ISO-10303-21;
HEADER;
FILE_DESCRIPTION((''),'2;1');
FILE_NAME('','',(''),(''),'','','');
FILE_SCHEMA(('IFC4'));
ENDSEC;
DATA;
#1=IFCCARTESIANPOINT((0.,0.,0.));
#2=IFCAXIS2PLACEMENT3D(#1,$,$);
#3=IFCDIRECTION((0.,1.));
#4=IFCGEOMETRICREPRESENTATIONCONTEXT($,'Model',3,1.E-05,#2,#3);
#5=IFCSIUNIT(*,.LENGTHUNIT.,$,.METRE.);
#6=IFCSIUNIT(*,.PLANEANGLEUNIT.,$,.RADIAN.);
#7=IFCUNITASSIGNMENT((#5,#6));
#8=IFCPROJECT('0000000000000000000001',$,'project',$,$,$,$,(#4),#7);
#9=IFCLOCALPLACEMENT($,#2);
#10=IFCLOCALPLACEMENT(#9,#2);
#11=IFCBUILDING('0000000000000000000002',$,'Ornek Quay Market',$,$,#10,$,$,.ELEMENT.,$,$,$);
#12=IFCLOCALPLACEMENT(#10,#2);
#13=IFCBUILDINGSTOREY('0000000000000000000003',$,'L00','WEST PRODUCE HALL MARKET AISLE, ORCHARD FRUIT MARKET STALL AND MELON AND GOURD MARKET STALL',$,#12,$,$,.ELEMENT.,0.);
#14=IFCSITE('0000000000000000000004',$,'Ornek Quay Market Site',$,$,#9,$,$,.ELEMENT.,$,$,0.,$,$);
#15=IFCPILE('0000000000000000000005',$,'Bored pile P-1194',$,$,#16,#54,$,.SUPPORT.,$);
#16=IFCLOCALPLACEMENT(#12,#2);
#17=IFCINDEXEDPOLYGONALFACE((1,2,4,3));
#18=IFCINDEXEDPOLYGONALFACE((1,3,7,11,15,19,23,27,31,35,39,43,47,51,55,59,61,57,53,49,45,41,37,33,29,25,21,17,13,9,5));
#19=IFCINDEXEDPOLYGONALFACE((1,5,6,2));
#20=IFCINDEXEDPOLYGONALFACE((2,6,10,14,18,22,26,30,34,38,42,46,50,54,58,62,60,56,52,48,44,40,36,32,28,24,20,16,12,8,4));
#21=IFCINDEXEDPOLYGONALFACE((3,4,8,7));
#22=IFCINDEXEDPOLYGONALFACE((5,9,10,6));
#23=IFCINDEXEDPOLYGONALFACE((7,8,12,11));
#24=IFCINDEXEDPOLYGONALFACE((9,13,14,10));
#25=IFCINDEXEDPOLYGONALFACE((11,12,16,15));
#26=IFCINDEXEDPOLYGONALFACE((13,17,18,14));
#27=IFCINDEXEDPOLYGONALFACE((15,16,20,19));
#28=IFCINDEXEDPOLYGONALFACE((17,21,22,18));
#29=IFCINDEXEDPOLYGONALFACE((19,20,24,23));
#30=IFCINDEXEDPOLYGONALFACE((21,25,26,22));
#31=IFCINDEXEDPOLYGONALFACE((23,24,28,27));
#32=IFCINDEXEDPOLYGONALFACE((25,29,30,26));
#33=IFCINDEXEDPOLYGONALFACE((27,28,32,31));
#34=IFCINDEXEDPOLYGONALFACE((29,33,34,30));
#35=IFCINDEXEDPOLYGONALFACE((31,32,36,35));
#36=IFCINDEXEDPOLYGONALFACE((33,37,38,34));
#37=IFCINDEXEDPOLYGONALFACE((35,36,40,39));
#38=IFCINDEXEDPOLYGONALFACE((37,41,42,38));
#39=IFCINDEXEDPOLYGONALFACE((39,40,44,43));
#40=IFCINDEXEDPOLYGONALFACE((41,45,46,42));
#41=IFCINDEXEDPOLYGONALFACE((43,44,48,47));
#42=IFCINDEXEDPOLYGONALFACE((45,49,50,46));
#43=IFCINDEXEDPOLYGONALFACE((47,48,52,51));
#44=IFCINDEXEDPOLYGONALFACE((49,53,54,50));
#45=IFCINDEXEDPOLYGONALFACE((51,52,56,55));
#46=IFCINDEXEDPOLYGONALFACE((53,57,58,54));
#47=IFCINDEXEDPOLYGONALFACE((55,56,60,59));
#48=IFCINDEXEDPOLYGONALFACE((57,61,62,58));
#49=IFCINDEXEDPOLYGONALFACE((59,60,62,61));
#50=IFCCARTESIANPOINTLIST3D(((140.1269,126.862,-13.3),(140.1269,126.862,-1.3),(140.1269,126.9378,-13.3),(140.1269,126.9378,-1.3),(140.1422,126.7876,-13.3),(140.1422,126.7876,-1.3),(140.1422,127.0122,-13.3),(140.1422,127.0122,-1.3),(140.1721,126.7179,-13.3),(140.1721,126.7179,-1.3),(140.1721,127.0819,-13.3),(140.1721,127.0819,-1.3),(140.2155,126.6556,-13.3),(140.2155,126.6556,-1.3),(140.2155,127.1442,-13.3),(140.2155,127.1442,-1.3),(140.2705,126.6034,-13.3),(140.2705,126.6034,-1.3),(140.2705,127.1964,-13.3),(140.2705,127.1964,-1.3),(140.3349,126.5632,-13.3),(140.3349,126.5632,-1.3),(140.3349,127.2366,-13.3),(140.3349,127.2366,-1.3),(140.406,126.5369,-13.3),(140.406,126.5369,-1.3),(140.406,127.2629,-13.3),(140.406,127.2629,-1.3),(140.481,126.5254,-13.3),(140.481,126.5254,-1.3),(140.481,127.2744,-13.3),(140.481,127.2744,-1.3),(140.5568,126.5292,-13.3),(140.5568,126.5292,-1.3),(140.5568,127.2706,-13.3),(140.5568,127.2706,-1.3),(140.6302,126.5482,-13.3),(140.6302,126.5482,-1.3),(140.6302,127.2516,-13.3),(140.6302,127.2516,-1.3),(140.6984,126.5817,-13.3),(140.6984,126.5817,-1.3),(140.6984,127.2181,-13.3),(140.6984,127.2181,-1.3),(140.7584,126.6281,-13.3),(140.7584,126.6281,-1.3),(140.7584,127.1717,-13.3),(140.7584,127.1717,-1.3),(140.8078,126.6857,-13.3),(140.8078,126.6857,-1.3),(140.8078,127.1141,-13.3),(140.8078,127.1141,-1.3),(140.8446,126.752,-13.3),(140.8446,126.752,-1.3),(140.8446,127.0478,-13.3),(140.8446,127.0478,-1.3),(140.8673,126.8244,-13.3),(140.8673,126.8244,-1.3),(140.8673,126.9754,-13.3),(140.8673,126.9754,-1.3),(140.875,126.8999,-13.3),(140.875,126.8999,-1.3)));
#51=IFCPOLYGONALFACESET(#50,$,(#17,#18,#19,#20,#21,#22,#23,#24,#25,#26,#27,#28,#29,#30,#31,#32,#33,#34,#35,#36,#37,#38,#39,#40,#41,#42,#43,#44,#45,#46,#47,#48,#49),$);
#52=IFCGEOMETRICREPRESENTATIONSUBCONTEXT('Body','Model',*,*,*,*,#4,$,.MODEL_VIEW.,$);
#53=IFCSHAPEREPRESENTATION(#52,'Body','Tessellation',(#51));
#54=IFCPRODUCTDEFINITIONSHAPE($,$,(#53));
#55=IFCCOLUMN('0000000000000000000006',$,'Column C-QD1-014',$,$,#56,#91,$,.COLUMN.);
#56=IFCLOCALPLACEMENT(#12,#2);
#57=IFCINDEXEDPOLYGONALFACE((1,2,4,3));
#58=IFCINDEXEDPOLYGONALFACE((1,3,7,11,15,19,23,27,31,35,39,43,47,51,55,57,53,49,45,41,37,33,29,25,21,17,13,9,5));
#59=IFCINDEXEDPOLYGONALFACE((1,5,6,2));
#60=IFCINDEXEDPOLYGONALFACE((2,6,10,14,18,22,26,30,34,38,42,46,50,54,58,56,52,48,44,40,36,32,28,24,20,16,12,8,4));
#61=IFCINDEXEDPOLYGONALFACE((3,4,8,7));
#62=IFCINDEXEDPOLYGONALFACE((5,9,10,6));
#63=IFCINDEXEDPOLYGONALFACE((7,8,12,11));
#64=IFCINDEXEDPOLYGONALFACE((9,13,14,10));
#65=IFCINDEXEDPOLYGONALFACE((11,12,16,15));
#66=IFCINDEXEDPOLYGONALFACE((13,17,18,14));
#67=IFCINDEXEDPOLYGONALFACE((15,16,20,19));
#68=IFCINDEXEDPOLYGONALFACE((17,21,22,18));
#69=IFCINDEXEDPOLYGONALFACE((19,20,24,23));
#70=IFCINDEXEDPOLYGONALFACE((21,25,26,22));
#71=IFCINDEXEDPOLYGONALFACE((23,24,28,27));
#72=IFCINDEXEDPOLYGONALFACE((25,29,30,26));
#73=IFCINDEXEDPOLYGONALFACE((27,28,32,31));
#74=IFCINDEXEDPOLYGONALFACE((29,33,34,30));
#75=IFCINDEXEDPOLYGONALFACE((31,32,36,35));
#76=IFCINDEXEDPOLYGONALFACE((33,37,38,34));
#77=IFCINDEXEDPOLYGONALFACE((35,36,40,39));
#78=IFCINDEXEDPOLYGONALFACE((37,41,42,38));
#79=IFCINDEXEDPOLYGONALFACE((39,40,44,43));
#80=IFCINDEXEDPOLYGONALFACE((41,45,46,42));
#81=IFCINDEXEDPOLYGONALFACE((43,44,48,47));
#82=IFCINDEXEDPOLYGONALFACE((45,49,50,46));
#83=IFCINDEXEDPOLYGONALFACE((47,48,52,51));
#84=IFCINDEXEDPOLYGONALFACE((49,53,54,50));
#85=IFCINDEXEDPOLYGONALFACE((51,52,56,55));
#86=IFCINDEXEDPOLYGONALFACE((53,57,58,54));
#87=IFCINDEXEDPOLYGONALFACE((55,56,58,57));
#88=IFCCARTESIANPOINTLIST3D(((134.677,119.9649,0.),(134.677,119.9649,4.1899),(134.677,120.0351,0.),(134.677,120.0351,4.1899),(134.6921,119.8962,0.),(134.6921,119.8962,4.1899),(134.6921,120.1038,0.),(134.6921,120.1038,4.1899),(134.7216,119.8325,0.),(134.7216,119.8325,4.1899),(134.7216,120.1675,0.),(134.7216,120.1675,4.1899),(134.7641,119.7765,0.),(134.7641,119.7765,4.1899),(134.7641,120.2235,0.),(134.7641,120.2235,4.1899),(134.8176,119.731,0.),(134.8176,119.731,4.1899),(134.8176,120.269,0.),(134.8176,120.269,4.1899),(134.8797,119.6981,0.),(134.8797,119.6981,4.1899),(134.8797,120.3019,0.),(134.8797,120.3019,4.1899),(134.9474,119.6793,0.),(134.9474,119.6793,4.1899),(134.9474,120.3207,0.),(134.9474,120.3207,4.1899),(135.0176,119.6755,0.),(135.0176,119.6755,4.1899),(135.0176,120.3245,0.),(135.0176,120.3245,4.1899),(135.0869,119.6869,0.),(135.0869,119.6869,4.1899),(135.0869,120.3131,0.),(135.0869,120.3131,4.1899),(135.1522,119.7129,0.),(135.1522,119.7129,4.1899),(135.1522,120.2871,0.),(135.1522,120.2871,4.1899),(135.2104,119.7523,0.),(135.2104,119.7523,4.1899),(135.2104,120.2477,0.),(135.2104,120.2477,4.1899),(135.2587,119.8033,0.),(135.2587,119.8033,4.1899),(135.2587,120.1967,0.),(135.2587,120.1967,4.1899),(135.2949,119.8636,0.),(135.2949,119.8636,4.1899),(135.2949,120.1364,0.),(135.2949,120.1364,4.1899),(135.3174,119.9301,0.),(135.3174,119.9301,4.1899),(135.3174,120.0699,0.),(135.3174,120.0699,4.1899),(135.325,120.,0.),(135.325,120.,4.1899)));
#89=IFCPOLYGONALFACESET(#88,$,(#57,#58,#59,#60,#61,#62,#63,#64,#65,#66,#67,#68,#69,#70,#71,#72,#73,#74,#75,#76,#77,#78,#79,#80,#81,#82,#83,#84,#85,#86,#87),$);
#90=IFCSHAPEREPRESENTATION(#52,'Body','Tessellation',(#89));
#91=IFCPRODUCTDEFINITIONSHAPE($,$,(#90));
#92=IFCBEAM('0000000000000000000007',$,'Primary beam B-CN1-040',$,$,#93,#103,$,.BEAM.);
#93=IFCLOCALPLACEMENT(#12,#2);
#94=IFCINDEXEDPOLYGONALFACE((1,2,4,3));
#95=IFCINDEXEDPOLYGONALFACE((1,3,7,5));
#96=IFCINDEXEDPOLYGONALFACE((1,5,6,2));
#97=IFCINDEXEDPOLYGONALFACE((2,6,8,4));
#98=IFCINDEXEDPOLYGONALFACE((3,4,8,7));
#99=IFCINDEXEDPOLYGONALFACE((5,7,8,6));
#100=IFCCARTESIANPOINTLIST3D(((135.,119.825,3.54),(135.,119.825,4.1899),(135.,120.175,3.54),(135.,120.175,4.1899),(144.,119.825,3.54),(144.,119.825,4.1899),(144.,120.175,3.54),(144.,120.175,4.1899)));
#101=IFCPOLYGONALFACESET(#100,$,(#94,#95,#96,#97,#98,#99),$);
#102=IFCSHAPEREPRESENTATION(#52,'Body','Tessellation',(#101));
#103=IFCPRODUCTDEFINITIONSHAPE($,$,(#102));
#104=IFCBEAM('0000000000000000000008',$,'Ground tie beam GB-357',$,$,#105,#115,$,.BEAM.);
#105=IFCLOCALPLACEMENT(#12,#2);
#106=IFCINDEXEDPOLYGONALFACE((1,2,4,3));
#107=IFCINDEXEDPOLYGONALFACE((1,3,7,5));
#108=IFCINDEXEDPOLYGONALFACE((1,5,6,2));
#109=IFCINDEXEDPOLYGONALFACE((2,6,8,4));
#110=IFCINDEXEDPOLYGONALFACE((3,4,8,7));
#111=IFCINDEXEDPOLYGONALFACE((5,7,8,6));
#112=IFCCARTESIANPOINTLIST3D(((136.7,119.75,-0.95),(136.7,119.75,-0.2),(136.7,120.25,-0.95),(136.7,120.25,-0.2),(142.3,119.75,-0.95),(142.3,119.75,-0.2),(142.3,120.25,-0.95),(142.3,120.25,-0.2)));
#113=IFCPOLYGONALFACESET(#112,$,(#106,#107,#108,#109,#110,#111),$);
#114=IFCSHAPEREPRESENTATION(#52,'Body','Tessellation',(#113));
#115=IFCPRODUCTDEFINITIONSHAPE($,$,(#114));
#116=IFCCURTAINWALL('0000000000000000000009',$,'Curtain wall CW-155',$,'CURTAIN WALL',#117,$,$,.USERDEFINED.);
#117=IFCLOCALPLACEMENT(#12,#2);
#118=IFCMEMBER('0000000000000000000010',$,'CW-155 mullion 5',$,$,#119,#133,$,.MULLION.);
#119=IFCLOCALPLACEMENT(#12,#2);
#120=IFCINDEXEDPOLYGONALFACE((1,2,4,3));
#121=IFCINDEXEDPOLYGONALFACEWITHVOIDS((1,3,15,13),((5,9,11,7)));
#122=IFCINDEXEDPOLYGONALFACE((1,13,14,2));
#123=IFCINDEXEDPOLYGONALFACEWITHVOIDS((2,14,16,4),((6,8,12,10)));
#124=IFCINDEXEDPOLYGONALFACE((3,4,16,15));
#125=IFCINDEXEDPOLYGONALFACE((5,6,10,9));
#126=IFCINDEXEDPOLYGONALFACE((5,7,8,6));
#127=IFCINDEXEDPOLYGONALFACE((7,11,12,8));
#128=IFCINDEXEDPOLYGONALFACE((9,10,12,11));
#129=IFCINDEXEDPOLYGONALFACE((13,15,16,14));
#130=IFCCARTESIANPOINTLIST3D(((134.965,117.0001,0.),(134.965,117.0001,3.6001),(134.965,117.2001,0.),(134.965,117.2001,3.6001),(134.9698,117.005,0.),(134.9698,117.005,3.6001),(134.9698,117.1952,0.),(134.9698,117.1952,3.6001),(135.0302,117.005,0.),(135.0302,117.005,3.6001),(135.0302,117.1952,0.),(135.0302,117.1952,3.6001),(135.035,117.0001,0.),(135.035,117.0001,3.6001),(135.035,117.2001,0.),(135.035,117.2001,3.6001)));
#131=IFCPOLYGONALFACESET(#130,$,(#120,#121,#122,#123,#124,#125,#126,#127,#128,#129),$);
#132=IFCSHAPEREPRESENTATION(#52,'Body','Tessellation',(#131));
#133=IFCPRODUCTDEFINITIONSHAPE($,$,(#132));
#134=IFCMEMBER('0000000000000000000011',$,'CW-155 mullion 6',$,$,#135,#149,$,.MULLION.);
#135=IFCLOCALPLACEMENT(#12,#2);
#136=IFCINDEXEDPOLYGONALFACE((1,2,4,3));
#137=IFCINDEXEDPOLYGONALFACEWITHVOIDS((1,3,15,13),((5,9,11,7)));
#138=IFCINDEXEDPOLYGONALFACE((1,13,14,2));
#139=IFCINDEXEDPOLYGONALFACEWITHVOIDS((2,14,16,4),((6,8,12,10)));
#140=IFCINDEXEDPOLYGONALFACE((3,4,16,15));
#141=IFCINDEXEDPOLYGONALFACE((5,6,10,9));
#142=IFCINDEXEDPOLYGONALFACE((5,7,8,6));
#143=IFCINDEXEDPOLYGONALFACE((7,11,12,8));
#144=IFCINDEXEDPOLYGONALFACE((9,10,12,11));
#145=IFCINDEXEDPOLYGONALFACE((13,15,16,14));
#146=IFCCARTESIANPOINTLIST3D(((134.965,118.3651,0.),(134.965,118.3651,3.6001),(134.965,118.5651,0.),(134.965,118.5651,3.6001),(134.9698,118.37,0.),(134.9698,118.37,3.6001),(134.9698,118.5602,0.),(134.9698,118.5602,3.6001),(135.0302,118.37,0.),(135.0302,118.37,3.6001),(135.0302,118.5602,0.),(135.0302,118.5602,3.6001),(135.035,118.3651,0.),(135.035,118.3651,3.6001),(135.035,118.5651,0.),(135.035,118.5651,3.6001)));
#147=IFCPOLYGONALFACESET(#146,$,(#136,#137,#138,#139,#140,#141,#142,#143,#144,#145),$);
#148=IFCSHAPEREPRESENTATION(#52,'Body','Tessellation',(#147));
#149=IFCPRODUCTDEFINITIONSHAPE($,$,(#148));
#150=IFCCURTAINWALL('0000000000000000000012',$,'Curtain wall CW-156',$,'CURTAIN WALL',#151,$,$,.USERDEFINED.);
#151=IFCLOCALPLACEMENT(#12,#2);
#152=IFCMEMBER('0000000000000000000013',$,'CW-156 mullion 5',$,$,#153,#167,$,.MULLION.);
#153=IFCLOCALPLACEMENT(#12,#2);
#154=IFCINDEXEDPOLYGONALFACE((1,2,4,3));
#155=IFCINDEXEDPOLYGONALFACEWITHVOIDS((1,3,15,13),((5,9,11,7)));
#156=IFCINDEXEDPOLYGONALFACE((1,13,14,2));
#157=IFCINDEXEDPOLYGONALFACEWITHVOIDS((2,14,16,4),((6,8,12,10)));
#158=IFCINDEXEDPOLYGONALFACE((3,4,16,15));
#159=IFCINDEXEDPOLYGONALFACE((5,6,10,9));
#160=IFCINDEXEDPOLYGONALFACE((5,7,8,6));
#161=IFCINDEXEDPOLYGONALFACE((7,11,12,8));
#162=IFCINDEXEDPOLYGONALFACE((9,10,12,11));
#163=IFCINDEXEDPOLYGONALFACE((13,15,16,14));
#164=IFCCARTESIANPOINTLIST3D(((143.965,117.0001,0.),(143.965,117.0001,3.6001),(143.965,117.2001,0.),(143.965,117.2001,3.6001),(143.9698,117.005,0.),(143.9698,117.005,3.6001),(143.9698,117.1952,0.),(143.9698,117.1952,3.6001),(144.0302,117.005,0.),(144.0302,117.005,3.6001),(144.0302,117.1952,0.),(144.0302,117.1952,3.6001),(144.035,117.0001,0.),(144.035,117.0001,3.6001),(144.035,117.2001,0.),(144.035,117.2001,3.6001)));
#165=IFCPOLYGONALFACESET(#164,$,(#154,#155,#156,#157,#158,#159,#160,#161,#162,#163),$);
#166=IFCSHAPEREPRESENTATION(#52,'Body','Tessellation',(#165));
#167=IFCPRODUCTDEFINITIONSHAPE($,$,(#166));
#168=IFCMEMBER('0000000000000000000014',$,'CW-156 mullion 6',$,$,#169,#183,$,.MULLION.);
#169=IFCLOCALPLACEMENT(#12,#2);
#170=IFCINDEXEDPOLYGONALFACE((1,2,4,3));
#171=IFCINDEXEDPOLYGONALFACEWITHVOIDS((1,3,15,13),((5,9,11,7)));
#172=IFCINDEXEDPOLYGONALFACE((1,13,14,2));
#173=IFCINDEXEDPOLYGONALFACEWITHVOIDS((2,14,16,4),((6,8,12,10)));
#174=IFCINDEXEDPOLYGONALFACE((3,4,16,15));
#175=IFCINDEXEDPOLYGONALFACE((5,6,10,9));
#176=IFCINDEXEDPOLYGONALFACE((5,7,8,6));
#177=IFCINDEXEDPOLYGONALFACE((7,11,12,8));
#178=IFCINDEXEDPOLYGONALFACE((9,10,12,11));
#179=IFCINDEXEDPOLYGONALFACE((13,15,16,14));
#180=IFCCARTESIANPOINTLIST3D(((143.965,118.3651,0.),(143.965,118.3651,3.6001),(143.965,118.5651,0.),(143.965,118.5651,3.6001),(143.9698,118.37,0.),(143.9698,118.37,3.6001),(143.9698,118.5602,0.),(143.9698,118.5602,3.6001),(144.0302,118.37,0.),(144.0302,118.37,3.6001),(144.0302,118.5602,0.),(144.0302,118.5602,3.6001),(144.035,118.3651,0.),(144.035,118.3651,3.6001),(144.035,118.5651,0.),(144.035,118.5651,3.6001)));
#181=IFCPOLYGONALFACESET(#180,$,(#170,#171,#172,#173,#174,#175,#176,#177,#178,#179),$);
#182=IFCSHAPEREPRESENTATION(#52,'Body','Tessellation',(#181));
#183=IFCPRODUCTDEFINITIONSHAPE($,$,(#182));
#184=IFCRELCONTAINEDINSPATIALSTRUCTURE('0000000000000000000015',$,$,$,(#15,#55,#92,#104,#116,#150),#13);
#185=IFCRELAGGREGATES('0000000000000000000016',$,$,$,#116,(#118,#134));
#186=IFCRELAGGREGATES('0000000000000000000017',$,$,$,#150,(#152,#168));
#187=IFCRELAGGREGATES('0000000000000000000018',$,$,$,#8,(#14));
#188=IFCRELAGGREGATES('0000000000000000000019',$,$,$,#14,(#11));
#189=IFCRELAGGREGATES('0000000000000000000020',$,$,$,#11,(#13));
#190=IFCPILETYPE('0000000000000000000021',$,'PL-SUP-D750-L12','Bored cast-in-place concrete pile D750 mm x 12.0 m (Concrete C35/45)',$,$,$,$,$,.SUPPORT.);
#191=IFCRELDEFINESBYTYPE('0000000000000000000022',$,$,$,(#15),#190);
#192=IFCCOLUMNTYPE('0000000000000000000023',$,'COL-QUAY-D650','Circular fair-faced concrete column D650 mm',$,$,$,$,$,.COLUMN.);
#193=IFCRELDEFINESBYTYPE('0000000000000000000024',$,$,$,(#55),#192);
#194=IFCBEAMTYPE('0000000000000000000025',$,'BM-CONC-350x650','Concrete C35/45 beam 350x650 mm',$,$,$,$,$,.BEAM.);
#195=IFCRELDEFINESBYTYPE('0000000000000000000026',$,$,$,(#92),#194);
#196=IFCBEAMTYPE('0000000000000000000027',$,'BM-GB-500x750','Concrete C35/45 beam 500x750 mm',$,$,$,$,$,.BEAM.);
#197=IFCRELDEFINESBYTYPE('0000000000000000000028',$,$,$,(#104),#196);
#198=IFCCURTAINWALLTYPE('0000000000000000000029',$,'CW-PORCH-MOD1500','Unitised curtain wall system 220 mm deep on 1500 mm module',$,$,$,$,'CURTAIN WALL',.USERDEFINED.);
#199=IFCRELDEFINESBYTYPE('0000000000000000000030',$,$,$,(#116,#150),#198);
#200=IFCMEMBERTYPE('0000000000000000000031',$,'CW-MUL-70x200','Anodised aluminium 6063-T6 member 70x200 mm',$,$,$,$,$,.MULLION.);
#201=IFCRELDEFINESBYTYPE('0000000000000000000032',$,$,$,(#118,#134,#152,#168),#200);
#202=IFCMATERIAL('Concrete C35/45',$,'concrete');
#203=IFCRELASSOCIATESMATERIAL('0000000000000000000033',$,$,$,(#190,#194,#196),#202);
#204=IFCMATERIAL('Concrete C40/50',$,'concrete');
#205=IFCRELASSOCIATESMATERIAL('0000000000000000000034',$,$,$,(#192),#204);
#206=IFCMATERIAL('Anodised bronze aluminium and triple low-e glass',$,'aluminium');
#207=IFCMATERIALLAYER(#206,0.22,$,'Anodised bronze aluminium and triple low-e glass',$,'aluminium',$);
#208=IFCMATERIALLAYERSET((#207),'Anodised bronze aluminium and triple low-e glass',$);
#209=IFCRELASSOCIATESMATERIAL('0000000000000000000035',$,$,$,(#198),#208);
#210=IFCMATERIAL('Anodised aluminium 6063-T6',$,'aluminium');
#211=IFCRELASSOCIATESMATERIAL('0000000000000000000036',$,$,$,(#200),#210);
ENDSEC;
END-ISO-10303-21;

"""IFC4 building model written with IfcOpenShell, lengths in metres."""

from ifc_helpers import new_model, si_unit, direction, frame, origin, origin_2d, place, context, subcontext, project, spatial, rectangle, hollow_rectangle, circle, extrude, material, layer, layer_set, material_profile, profile_set, type_object, element, aggregate, save


model = new_model("IFC4")

# Units and contexts
model_context = context("Model", 3, precision=1e-05, world=origin(), true_north=direction((0.0, 1.0)))
body_context = subcontext(model_context, "Body", "Model", "MODEL_VIEW")
ifc_project = project(units=[si_unit("LENGTHUNIT", "METRE"), si_unit("PLANEANGLEUNIT", "RADIAN")], contexts=[model_context])

# Site, building, storey
site_placement = place(None, origin())
site = spatial("IfcSite", under=ifc_project, at=site_placement, Name="Ornek Quay Market Site", CompositionType="ELEMENT", RefElevation=0.0)
building_placement = place(site_placement, origin())
building = spatial("IfcBuilding", under=site, at=building_placement, Name="Ornek Quay Market", CompositionType="ELEMENT")
storey_placement = place(building_placement, origin())
storey = spatial("IfcBuildingStorey", under=building, at=storey_placement, Name="L00", Description="WEST PRODUCE HALL MARKET AISLE, ORCHARD FRUIT MARKET STALL AND MELON AND GOURD MARKET STALL", CompositionType="ELEMENT", Elevation=0.0)

# Pile
ifc_material_1 = material(Name="Concrete C35/45", Category="concrete")
ifc_material_profile_1 = material_profile(ifc_material_1, circle(Radius=0.375, at=origin_2d()), Name="PILE D750", Category="concrete")
ifc_profile_set_1 = profile_set([ifc_material_profile_1], Name="Concrete C35/45")
pile_type = type_object("IfcPileType", Name="PL-SUP-D750-L12", Description="Bored cast-in-place concrete pile D750 mm x 12.0 m (Concrete C35/45)", PredefinedType="SUPPORT", material=ifc_profile_set_1)
for number, where, z_axis, x_axis, name in (
    (1, (140.5, 126.8999, -1.3), (0.0, 0.0, -1.0), (1.0, 0.0, 0.0), "Bored pile P-1194"),
):
    element("IfcPile", number, at=place(storey_placement, frame(where, z_axis=z_axis, x_axis=x_axis)), inside=storey, type_object=pile_type, Name=name, PredefinedType="SUPPORT", context=body_context, shape_type="SweptSolid", body=[
        extrude(circle(Radius=0.375, at=origin_2d()), origin(), (0.0, 0.0, 1.0), 12.0),
    ])

# Column
ifc_material_2 = material(Name="Concrete C40/50", Category="concrete")
ifc_material_profile_2 = material_profile(ifc_material_2, circle(Radius=0.325, at=origin_2d()), Name="RC D650", Category="concrete")
ifc_profile_set_2 = profile_set([ifc_material_profile_2], Name="Concrete C40/50")
column_type = type_object("IfcColumnType", Name="COL-QUAY-D650", Description="Circular fair-faced concrete column D650 mm", PredefinedType="COLUMN", material=ifc_profile_set_2)
column_placement = place(storey_placement, frame((135.0, 120.0, 0.0), z_axis=(0.0, 0.0, 1.0), x_axis=(1.0, 0.0, 0.0)))
element("IfcColumn", 2, at=column_placement, inside=storey, type_object=column_type, Name="Column C-QD1-014", PredefinedType="COLUMN", context=body_context, shape_type="SweptSolid", body=[
    extrude(circle(Radius=0.325, at=origin_2d()), origin(), (0.0, 0.0, 1.0), 4.1899),
])

# Beams
ifc_material_profile_3 = material_profile(ifc_material_1, rectangle(XDim=0.3501, YDim=0.6499, at=origin_2d()), Name="RC 350x650", Category="concrete")
ifc_profile_set_3 = profile_set([ifc_material_profile_3], Name="Concrete C35/45")
beam_type_1 = type_object("IfcBeamType", Name="BM-CONC-350x650", Description="Concrete C35/45 beam 350x650 mm", PredefinedType="BEAM", material=ifc_profile_set_3)
beam_1_placement = place(storey_placement, frame((135.0, 120.0, 3.865), z_axis=(1.0, 0.0, 0.0), x_axis=(0.0, 1.0, 0.0)))
element("IfcBeam", 3, at=beam_1_placement, inside=storey, type_object=beam_type_1, Name="Primary beam B-CN1-040", PredefinedType="BEAM", context=body_context, shape_type="SweptSolid", body=[
    extrude(rectangle(XDim=0.3501, YDim=0.6499, at=origin_2d()), origin(), (0.0, 0.0, 1.0), 9.0),
])
ifc_material_profile_4 = material_profile(ifc_material_1, rectangle(XDim=0.5, YDim=0.75, at=origin_2d()), Name="RC 500x750", Category="concrete")
ifc_profile_set_4 = profile_set([ifc_material_profile_4], Name="Concrete C35/45")
beam_type_2 = type_object("IfcBeamType", Name="BM-GB-500x750", Description="Concrete C35/45 beam 500x750 mm", PredefinedType="BEAM", material=ifc_profile_set_4)
beam_2_placement = place(storey_placement, frame((136.7, 120.0, -0.575), z_axis=(1.0, 0.0, 0.0), x_axis=(0.0, 1.0, 0.0)))
element("IfcBeam", 4, at=beam_2_placement, inside=storey, type_object=beam_type_2, Name="Ground tie beam GB-357", PredefinedType="BEAM", context=body_context, shape_type="SweptSolid", body=[
    extrude(rectangle(XDim=0.5, YDim=0.75, at=origin_2d()), origin(), (0.0, 0.0, 1.0), 5.6001),
])

# Curtain walls, members
ifc_material_3 = material(Name="Anodised bronze aluminium and triple low-e glass", Category="aluminium")
ifc_layer_1 = layer(ifc_material_3, 0.22, Name="Anodised bronze aluminium and triple low-e glass", Category="aluminium")
ifc_layer_set_1 = layer_set([ifc_layer_1], Name="Anodised bronze aluminium and triple low-e glass")
curtain_wall_type = type_object("IfcCurtainWallType", Name="CW-PORCH-MOD1500", Description="Unitised curtain wall system 220 mm deep on 1500 mm module", ElementType="CURTAIN WALL", PredefinedType="USERDEFINED", material=ifc_layer_set_1)
curtain_wall_1_placement = place(storey_placement, origin())
curtain_wall_1 = element("IfcCurtainWall", 5, at=curtain_wall_1_placement, inside=storey, type_object=curtain_wall_type, Name="Curtain wall CW-155", ObjectType="CURTAIN WALL", PredefinedType="USERDEFINED")
ifc_material_4 = material(Name="Anodised aluminium 6063-T6", Category="aluminium")
ifc_material_profile_5 = material_profile(ifc_material_4, hollow_rectangle(XDim=0.0701, YDim=0.2, WallThickness=0.0049, at=origin_2d()), Name="CW-MUL-70x200", Category="aluminium")
ifc_profile_set_5 = profile_set([ifc_material_profile_5], Name="Anodised aluminium 6063-T6")
member_type_1 = type_object("IfcMemberType", Name="CW-MUL-70x200", Description="Anodised aluminium 6063-T6 member 70x200 mm", PredefinedType="MULLION", material=ifc_profile_set_5)
member_1_placement = place(storey_placement, frame((135.0, 117.1001, 0.0), z_axis=(0.0, 0.0, 1.0), x_axis=(-1.0, 0.0, 0.0)))
member_1 = element("IfcMember", 6, at=member_1_placement, type_object=member_type_1, Name="CW-155 mullion 5", PredefinedType="MULLION", context=body_context, shape_type="SweptSolid", body=[
    extrude(hollow_rectangle(XDim=0.0701, YDim=0.2, WallThickness=0.0049, at=origin_2d()), origin(), (0.0, 0.0, 1.0), 3.6001),
])
member_2_placement = place(storey_placement, frame((135.0, 118.4651, 0.0), z_axis=(0.0, 0.0, 1.0), x_axis=(-1.0, 0.0, 0.0)))
member_2 = element("IfcMember", 7, at=member_2_placement, type_object=member_type_1, Name="CW-155 mullion 6", PredefinedType="MULLION", context=body_context, shape_type="SweptSolid", body=[
    extrude(hollow_rectangle(XDim=0.0701, YDim=0.2, WallThickness=0.0049, at=origin_2d()), origin(), (0.0, 0.0, 1.0), 3.6001),
])
curtain_wall_2_placement = place(storey_placement, origin())
curtain_wall_2 = element("IfcCurtainWall", 8, at=curtain_wall_2_placement, inside=storey, type_object=curtain_wall_type, Name="Curtain wall CW-156", ObjectType="CURTAIN WALL", PredefinedType="USERDEFINED")
member_3_placement = place(storey_placement, frame((144.0, 117.1001, 0.0), z_axis=(0.0, 0.0, 1.0), x_axis=(-1.0, 0.0, 0.0)))
member_3 = element("IfcMember", 9, at=member_3_placement, type_object=member_type_1, Name="CW-156 mullion 5", PredefinedType="MULLION", context=body_context, shape_type="SweptSolid", body=[
    extrude(hollow_rectangle(XDim=0.0701, YDim=0.2, WallThickness=0.0049, at=origin_2d()), origin(), (0.0, 0.0, 1.0), 3.6001),
])
member_4_placement = place(storey_placement, frame((144.0, 118.4651, 0.0), z_axis=(0.0, 0.0, 1.0), x_axis=(-1.0, 0.0, 0.0)))
member_4 = element("IfcMember", 10, at=member_4_placement, type_object=member_type_1, Name="CW-156 mullion 6", PredefinedType="MULLION", context=body_context, shape_type="SweptSolid", body=[
    extrude(hollow_rectangle(XDim=0.0701, YDim=0.2, WallThickness=0.0049, at=origin_2d()), origin(), (0.0, 0.0, 1.0), 3.6001),
])

aggregate(curtain_wall_1, [member_1, member_2])
aggregate(curtain_wall_2, [member_3, member_4])

save(model, "model.ifc")
